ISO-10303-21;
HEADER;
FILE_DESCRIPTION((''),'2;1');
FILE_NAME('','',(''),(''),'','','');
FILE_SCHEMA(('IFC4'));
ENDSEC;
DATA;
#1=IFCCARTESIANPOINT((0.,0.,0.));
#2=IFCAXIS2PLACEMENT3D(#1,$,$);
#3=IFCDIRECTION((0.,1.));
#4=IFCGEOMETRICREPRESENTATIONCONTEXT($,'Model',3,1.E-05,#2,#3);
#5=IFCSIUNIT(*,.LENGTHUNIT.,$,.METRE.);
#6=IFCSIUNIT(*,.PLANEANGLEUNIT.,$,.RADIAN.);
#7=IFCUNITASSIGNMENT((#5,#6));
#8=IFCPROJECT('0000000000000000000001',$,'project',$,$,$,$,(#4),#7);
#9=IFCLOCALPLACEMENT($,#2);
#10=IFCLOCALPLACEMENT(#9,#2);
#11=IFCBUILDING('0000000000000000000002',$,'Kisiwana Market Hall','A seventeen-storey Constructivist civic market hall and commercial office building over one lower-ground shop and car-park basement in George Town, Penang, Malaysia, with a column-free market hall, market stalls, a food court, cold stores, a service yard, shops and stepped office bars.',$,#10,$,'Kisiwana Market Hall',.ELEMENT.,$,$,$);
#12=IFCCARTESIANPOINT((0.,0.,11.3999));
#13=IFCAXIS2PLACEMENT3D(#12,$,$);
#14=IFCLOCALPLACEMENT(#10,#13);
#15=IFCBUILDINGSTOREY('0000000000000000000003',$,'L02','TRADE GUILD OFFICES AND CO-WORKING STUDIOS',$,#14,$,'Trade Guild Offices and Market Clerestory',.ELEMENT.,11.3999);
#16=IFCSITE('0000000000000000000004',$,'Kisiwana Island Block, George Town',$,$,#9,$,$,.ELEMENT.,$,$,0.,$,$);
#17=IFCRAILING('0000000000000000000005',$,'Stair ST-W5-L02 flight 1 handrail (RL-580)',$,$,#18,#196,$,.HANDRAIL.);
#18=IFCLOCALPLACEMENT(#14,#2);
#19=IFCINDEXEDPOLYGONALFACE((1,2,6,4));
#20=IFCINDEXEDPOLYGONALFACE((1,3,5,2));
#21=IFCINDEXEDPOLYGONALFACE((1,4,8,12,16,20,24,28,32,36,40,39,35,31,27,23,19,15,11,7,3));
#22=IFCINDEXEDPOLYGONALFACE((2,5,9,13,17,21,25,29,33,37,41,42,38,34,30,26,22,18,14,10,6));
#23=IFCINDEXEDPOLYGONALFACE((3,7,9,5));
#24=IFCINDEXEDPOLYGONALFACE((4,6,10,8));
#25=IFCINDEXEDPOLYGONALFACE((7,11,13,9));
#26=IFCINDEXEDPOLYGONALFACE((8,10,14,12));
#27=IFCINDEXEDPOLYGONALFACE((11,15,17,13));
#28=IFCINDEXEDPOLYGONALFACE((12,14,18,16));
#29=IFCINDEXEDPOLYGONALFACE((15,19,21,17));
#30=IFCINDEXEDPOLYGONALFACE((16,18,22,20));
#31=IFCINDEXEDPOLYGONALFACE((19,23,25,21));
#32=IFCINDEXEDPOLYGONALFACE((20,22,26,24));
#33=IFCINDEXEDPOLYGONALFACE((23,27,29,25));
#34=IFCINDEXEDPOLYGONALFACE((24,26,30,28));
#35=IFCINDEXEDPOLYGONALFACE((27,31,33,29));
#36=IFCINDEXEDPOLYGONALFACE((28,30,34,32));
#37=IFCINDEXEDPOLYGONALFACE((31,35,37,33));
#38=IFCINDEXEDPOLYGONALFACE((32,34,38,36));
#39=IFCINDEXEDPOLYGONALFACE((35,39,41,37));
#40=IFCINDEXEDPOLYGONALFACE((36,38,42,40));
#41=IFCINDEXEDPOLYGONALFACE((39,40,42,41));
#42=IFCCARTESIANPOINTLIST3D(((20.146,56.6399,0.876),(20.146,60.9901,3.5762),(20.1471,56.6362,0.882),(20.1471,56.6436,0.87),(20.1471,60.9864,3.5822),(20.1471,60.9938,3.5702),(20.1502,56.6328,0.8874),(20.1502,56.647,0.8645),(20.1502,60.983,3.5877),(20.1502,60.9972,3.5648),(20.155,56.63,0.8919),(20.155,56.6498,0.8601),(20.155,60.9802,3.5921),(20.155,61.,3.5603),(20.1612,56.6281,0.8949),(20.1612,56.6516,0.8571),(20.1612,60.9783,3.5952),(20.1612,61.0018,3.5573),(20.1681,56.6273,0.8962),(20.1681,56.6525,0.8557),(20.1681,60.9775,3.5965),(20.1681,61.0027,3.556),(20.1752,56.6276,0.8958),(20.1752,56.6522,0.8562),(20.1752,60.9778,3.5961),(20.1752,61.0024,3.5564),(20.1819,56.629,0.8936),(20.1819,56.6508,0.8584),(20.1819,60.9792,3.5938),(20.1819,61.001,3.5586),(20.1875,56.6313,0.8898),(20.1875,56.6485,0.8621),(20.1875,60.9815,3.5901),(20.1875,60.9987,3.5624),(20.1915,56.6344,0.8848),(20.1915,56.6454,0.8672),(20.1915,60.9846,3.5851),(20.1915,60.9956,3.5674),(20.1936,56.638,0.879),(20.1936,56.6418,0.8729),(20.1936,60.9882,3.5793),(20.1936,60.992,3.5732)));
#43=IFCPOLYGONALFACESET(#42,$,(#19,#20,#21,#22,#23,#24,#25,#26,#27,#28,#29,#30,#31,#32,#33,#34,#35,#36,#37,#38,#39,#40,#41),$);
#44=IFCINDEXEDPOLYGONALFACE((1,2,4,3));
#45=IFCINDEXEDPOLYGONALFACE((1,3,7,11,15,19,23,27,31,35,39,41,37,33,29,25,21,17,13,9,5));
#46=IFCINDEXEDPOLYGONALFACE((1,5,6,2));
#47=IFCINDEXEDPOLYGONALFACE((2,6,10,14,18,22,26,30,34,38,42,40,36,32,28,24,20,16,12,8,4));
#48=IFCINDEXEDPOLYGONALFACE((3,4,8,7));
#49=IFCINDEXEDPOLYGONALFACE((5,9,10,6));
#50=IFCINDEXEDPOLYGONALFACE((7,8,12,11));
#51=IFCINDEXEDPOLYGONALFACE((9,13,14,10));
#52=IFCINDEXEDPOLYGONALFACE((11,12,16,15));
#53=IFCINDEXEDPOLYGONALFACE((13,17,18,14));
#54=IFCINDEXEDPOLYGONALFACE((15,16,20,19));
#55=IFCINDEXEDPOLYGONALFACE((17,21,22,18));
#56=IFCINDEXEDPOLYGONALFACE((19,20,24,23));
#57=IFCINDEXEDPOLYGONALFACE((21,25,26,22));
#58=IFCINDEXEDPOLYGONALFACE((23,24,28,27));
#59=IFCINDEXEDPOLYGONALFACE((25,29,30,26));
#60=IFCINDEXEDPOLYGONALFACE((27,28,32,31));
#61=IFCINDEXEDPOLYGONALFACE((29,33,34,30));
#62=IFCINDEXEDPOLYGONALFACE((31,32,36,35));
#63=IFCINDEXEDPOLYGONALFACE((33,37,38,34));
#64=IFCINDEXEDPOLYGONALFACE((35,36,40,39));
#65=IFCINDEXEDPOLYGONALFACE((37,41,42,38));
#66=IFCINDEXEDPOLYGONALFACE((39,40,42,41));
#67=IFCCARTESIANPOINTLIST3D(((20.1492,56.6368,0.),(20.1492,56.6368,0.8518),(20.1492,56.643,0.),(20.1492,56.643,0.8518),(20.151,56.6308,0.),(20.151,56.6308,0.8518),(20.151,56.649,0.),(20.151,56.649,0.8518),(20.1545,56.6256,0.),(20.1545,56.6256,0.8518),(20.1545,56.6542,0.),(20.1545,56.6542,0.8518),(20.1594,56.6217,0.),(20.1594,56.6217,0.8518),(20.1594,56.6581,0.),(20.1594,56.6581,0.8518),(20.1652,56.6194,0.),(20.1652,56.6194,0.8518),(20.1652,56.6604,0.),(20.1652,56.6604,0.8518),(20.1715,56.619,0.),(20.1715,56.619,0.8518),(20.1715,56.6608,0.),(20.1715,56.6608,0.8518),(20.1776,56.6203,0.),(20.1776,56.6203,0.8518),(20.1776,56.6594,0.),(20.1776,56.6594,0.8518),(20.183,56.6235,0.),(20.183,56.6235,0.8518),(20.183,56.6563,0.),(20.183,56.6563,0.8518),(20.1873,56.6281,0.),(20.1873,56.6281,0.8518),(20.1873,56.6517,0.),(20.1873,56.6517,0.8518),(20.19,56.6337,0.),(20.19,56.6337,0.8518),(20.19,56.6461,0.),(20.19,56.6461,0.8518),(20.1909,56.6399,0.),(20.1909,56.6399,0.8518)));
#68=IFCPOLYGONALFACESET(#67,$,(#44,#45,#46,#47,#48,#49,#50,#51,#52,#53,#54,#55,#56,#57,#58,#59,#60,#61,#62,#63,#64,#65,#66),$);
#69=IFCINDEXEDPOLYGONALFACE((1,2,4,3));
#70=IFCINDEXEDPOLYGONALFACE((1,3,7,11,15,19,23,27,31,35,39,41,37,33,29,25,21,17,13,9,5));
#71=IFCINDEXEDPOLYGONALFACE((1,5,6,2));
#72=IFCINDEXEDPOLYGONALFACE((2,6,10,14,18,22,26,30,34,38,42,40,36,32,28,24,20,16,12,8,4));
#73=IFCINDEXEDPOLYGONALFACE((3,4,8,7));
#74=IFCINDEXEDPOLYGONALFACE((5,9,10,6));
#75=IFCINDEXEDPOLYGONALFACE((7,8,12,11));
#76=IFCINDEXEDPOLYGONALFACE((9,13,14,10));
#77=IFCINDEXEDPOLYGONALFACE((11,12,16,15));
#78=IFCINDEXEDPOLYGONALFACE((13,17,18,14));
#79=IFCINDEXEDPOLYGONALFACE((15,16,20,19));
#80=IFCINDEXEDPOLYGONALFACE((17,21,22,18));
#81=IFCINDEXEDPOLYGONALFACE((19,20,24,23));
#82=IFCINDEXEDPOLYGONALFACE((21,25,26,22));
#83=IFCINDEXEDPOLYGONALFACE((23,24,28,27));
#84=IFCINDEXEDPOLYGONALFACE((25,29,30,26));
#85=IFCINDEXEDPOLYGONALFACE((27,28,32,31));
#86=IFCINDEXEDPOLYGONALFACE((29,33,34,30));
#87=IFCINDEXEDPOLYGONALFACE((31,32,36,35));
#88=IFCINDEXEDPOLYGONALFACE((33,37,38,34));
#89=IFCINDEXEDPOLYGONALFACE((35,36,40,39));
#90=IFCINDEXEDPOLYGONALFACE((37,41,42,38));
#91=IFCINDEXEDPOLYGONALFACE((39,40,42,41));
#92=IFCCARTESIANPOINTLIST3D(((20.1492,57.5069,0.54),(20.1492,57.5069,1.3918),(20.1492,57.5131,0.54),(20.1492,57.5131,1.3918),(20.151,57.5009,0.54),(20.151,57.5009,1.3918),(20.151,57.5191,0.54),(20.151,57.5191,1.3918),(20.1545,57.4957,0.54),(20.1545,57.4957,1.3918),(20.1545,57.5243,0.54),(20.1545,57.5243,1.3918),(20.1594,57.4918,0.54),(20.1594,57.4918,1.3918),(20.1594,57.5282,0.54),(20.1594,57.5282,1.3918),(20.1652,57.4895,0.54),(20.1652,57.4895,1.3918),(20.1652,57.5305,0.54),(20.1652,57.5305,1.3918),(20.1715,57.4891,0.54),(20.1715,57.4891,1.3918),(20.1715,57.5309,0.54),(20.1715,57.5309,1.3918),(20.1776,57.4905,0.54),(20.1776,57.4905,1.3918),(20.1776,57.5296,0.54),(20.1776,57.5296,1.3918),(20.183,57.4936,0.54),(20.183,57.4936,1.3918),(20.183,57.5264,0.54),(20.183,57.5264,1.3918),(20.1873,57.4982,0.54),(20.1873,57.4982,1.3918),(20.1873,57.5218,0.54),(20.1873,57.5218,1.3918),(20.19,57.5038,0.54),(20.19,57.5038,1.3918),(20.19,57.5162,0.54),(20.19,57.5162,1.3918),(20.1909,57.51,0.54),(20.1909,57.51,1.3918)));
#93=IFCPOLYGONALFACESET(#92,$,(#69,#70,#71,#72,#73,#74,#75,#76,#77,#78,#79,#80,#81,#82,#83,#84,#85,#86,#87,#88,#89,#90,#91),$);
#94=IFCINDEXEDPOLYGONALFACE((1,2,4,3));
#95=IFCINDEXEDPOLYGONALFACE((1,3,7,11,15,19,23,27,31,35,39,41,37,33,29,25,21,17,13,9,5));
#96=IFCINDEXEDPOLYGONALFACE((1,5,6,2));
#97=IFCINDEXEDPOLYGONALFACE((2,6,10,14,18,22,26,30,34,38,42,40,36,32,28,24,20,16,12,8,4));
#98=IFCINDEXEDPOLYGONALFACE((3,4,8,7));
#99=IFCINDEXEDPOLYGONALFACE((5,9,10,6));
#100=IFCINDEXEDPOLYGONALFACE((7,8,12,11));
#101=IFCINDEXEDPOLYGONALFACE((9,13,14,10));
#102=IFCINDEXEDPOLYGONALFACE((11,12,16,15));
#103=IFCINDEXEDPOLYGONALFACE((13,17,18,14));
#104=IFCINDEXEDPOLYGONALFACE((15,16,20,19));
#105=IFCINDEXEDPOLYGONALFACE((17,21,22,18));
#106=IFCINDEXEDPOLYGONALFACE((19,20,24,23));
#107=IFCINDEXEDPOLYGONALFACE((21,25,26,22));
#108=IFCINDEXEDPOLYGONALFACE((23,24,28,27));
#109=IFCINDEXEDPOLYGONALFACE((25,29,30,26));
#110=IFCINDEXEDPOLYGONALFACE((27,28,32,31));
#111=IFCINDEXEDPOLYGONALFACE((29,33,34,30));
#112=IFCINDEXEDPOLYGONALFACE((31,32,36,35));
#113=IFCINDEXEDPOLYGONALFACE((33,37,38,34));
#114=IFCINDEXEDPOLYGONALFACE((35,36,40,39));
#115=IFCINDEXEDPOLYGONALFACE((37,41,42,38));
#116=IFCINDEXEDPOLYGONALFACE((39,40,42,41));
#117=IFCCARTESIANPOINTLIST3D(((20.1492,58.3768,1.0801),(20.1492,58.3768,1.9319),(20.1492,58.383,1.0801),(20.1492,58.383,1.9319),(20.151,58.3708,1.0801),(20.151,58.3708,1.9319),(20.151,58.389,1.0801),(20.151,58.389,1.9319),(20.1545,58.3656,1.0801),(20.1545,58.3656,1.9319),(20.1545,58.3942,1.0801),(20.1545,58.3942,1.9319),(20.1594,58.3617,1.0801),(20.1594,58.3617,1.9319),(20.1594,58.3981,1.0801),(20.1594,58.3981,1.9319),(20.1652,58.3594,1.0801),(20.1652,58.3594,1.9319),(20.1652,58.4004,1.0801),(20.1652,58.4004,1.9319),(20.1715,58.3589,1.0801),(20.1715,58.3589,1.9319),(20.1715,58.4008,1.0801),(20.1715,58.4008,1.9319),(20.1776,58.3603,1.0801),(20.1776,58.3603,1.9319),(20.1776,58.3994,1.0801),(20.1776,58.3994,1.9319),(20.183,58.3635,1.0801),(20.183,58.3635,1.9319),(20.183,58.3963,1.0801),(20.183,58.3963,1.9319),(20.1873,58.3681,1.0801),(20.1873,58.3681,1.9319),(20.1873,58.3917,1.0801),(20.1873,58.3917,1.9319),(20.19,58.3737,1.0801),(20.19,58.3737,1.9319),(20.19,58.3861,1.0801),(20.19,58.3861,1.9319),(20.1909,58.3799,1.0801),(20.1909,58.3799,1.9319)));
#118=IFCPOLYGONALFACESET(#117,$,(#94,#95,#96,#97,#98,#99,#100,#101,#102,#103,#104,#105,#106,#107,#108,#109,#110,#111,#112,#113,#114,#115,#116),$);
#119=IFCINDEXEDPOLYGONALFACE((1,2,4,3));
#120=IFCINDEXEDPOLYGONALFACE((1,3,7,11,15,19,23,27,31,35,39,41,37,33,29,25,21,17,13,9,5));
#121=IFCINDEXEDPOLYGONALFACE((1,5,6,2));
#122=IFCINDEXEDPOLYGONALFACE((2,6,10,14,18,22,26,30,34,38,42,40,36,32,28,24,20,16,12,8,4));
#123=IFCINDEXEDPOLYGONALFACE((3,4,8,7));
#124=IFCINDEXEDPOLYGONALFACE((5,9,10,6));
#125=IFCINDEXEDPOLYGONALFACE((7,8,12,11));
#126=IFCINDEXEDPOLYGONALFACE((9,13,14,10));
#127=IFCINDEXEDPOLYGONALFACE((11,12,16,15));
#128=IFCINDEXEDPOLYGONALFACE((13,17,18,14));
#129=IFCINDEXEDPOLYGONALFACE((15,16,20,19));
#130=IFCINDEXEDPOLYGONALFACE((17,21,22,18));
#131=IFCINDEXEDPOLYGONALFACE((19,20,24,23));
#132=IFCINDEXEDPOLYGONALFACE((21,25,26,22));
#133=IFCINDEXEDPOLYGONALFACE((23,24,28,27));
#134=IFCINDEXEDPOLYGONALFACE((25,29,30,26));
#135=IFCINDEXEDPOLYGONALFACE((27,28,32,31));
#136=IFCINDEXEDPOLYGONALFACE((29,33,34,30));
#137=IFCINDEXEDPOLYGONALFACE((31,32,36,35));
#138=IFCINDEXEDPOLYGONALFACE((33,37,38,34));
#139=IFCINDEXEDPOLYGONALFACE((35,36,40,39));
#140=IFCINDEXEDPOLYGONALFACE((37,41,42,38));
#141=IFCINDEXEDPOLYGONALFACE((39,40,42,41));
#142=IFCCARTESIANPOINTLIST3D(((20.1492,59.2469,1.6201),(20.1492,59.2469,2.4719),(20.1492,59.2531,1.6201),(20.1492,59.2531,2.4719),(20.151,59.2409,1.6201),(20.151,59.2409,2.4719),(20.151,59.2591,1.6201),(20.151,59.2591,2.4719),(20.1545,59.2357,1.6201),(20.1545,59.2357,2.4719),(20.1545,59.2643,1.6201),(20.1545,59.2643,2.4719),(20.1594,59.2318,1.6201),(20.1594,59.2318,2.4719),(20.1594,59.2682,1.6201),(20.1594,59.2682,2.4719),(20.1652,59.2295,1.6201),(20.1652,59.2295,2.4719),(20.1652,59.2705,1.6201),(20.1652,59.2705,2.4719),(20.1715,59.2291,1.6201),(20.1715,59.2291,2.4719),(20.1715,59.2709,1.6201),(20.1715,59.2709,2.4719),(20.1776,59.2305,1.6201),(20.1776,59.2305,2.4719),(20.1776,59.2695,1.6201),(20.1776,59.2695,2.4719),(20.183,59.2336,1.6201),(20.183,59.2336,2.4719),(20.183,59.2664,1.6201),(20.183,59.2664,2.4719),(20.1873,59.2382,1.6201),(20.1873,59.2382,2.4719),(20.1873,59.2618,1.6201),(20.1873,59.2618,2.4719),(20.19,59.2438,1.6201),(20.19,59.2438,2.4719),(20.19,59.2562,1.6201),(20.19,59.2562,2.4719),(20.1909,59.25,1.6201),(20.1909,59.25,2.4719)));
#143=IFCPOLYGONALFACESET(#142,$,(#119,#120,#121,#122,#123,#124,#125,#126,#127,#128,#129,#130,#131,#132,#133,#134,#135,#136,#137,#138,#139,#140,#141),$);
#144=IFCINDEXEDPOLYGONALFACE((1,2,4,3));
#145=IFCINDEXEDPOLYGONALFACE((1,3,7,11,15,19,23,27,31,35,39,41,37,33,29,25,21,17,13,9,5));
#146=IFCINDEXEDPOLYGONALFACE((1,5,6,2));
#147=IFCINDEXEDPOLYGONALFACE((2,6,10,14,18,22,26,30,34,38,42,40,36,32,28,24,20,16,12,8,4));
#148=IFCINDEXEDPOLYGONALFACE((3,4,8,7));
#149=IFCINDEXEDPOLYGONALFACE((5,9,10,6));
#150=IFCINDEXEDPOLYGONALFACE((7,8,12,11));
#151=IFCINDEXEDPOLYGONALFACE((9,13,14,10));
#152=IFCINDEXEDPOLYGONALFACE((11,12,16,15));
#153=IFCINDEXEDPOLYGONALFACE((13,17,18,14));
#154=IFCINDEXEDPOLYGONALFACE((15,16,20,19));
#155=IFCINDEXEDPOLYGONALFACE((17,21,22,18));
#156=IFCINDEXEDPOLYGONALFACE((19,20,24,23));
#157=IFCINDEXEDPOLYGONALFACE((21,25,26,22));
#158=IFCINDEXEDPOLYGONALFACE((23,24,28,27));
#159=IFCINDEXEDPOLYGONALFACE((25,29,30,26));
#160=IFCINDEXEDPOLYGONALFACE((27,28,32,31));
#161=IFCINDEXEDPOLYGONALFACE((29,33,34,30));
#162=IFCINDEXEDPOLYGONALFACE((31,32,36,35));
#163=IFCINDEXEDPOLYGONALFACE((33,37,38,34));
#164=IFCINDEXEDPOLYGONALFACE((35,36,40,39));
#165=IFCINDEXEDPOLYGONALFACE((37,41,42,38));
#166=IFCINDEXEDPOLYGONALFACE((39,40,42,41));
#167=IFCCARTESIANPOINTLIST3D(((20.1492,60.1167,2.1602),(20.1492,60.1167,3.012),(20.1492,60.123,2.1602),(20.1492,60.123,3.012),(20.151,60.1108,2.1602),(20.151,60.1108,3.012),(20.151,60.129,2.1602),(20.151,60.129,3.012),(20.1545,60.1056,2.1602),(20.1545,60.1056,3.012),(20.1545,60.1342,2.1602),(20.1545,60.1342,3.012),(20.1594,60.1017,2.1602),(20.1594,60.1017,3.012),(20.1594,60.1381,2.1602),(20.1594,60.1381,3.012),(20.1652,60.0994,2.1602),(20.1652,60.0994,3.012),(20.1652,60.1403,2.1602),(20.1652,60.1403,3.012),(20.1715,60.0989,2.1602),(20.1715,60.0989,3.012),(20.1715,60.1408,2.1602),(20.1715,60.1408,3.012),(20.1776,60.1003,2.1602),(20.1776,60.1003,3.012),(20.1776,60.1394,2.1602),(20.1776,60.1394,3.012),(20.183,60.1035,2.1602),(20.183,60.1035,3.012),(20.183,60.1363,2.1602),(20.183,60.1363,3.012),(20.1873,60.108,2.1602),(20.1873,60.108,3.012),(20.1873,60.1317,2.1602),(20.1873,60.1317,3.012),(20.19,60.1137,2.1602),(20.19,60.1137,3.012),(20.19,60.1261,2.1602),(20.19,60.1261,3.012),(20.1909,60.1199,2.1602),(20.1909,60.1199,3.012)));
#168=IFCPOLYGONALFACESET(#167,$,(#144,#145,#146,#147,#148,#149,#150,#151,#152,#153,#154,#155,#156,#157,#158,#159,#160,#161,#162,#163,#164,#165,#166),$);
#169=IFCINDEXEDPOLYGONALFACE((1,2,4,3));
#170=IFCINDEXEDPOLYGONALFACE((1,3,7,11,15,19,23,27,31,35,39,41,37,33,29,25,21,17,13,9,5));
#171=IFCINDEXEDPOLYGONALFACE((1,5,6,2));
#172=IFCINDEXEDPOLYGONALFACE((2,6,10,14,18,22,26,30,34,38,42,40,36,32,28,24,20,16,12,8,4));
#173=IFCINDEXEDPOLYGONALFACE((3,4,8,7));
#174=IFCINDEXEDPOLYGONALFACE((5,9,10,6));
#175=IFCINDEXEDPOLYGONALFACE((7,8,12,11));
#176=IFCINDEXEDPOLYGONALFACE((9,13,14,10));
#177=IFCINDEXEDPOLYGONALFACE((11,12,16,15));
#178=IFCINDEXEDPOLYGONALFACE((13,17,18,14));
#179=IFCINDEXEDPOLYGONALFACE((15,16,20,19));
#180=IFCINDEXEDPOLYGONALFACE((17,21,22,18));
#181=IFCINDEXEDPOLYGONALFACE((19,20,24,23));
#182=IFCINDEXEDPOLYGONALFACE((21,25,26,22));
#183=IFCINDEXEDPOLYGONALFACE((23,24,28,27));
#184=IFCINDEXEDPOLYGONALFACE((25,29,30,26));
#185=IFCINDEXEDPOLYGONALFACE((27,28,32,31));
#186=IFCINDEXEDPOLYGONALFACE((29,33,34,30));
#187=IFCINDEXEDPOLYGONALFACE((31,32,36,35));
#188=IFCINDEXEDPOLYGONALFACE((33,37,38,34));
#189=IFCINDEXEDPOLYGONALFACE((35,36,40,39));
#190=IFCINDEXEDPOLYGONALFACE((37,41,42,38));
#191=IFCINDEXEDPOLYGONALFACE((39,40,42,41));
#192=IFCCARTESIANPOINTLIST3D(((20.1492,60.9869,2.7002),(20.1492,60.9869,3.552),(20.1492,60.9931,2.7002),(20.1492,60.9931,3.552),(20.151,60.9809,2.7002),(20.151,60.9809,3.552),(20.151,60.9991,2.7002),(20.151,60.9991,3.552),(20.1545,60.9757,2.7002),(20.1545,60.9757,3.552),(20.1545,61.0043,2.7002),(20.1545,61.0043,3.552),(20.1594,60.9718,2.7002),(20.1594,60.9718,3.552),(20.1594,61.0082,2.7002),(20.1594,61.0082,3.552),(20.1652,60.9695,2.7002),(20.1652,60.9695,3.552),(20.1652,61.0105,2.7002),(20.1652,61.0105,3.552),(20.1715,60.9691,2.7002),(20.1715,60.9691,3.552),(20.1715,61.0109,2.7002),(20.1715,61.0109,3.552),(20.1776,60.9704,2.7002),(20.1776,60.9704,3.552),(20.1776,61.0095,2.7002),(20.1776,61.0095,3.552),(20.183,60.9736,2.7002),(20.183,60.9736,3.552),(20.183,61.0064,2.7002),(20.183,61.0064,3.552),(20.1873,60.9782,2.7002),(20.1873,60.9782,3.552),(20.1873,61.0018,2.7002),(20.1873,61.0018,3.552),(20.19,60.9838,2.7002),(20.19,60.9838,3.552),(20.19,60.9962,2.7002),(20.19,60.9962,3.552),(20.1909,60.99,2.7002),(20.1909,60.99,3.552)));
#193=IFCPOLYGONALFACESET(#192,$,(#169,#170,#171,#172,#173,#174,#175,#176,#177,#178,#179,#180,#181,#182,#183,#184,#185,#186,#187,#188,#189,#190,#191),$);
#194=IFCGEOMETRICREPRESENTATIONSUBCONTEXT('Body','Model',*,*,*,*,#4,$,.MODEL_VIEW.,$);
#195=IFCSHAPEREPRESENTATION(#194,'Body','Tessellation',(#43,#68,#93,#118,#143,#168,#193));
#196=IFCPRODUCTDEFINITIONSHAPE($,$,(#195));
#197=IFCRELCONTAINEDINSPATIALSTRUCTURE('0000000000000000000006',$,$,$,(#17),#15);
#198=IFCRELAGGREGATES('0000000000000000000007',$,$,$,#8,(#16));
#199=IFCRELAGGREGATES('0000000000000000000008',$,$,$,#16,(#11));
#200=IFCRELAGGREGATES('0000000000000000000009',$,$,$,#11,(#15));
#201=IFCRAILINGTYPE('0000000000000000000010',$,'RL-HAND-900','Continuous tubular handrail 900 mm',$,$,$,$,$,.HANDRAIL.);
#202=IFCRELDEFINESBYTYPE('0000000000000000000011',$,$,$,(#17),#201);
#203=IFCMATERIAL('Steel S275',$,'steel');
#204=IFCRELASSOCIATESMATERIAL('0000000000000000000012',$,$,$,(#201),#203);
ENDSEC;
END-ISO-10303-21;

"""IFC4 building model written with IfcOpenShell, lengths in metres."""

from ifc_helpers import new_model, si_unit, direction, frame, origin, origin_2d, place, context, subcontext, project, spatial, circle, extrude, material, type_object, element, save


model = new_model("IFC4")

# Units and contexts
model_context = context("Model", 3, precision=1e-05, world=origin(), true_north=direction((0.0, 1.0)))
body_context = subcontext(model_context, "Body", "Model", "MODEL_VIEW")
ifc_project = project(units=[si_unit("LENGTHUNIT", "METRE"), si_unit("PLANEANGLEUNIT", "RADIAN")], contexts=[model_context])

# Site, building, storey
site_placement = place(None, origin())
site = spatial("IfcSite", under=ifc_project, at=site_placement, Name="Kisiwana Island Block, George Town", CompositionType="ELEMENT", RefElevation=0.0)
building_placement = place(site_placement, origin())
building = spatial("IfcBuilding", under=site, at=building_placement, Name="Kisiwana Market Hall", Description="A seventeen-storey Constructivist civic market hall and commercial office building over one lower-ground shop and car-park basement in George Town, Penang, Malaysia, with a column-free market hall, market stalls, a food court, cold stores, a service yard, shops and stepped office bars.", LongName="Kisiwana Market Hall", CompositionType="ELEMENT")
storey_placement = place(building_placement, frame((0.0, 0.0, 11.3999)))
storey = spatial("IfcBuildingStorey", under=building, at=storey_placement, Name="L02", Description="TRADE GUILD OFFICES AND CO-WORKING STUDIOS", LongName="Trade Guild Offices and Market Clerestory", CompositionType="ELEMENT", Elevation=11.3999)

# Railing
ifc_material_1 = material(Name="Steel S275", Category="steel")
railing_type_1 = type_object("IfcRailingType", Name="RL-HAND-900", Description="Continuous tubular handrail 900 mm", PredefinedType="HANDRAIL", material=ifc_material_1)
railing_1_placement = place(storey_placement, frame((20.1699, 56.6399, 0.0)))
element("IfcRailing", 1, at=railing_1_placement, inside=storey, type_object=railing_type_1, Name="Stair ST-W5-L02 flight 1 handrail (RL-580)", PredefinedType="HANDRAIL", context=body_context, shape_type="SweptSolid", body=[
    extrude(circle(Radius=0.0239, at=origin_2d()), frame((0.0, 0.0, 0.876), z_axis=(0.0, 0.849628, 0.527382), x_axis=(-1.0, 0.0, 0.0)), (0.0, 0.0, 1.0), 5.1201),
    extrude(circle(Radius=0.021, at=origin_2d()), origin(), (0.0, 0.0, 1.0), 0.8518),
    extrude(circle(Radius=0.021, at=origin_2d()), frame((0.0, 0.8701, 0.54)), (0.0, 0.0, 1.0), 0.8518),
    extrude(circle(Radius=0.021, at=origin_2d()), frame((0.0, 1.74, 1.0801)), (0.0, 0.0, 1.0), 0.8518),
    extrude(circle(Radius=0.021, at=origin_2d()), frame((0.0, 2.6101, 1.6201)), (0.0, 0.0, 1.0), 0.8518),
    extrude(circle(Radius=0.021, at=origin_2d()), frame((0.0, 3.48, 2.1602)), (0.0, 0.0, 1.0), 0.8518),
    extrude(circle(Radius=0.021, at=origin_2d()), frame((0.0, 4.3501, 2.7002)), (0.0, 0.0, 1.0), 0.8518),
])

save(model, "model.ifc")
